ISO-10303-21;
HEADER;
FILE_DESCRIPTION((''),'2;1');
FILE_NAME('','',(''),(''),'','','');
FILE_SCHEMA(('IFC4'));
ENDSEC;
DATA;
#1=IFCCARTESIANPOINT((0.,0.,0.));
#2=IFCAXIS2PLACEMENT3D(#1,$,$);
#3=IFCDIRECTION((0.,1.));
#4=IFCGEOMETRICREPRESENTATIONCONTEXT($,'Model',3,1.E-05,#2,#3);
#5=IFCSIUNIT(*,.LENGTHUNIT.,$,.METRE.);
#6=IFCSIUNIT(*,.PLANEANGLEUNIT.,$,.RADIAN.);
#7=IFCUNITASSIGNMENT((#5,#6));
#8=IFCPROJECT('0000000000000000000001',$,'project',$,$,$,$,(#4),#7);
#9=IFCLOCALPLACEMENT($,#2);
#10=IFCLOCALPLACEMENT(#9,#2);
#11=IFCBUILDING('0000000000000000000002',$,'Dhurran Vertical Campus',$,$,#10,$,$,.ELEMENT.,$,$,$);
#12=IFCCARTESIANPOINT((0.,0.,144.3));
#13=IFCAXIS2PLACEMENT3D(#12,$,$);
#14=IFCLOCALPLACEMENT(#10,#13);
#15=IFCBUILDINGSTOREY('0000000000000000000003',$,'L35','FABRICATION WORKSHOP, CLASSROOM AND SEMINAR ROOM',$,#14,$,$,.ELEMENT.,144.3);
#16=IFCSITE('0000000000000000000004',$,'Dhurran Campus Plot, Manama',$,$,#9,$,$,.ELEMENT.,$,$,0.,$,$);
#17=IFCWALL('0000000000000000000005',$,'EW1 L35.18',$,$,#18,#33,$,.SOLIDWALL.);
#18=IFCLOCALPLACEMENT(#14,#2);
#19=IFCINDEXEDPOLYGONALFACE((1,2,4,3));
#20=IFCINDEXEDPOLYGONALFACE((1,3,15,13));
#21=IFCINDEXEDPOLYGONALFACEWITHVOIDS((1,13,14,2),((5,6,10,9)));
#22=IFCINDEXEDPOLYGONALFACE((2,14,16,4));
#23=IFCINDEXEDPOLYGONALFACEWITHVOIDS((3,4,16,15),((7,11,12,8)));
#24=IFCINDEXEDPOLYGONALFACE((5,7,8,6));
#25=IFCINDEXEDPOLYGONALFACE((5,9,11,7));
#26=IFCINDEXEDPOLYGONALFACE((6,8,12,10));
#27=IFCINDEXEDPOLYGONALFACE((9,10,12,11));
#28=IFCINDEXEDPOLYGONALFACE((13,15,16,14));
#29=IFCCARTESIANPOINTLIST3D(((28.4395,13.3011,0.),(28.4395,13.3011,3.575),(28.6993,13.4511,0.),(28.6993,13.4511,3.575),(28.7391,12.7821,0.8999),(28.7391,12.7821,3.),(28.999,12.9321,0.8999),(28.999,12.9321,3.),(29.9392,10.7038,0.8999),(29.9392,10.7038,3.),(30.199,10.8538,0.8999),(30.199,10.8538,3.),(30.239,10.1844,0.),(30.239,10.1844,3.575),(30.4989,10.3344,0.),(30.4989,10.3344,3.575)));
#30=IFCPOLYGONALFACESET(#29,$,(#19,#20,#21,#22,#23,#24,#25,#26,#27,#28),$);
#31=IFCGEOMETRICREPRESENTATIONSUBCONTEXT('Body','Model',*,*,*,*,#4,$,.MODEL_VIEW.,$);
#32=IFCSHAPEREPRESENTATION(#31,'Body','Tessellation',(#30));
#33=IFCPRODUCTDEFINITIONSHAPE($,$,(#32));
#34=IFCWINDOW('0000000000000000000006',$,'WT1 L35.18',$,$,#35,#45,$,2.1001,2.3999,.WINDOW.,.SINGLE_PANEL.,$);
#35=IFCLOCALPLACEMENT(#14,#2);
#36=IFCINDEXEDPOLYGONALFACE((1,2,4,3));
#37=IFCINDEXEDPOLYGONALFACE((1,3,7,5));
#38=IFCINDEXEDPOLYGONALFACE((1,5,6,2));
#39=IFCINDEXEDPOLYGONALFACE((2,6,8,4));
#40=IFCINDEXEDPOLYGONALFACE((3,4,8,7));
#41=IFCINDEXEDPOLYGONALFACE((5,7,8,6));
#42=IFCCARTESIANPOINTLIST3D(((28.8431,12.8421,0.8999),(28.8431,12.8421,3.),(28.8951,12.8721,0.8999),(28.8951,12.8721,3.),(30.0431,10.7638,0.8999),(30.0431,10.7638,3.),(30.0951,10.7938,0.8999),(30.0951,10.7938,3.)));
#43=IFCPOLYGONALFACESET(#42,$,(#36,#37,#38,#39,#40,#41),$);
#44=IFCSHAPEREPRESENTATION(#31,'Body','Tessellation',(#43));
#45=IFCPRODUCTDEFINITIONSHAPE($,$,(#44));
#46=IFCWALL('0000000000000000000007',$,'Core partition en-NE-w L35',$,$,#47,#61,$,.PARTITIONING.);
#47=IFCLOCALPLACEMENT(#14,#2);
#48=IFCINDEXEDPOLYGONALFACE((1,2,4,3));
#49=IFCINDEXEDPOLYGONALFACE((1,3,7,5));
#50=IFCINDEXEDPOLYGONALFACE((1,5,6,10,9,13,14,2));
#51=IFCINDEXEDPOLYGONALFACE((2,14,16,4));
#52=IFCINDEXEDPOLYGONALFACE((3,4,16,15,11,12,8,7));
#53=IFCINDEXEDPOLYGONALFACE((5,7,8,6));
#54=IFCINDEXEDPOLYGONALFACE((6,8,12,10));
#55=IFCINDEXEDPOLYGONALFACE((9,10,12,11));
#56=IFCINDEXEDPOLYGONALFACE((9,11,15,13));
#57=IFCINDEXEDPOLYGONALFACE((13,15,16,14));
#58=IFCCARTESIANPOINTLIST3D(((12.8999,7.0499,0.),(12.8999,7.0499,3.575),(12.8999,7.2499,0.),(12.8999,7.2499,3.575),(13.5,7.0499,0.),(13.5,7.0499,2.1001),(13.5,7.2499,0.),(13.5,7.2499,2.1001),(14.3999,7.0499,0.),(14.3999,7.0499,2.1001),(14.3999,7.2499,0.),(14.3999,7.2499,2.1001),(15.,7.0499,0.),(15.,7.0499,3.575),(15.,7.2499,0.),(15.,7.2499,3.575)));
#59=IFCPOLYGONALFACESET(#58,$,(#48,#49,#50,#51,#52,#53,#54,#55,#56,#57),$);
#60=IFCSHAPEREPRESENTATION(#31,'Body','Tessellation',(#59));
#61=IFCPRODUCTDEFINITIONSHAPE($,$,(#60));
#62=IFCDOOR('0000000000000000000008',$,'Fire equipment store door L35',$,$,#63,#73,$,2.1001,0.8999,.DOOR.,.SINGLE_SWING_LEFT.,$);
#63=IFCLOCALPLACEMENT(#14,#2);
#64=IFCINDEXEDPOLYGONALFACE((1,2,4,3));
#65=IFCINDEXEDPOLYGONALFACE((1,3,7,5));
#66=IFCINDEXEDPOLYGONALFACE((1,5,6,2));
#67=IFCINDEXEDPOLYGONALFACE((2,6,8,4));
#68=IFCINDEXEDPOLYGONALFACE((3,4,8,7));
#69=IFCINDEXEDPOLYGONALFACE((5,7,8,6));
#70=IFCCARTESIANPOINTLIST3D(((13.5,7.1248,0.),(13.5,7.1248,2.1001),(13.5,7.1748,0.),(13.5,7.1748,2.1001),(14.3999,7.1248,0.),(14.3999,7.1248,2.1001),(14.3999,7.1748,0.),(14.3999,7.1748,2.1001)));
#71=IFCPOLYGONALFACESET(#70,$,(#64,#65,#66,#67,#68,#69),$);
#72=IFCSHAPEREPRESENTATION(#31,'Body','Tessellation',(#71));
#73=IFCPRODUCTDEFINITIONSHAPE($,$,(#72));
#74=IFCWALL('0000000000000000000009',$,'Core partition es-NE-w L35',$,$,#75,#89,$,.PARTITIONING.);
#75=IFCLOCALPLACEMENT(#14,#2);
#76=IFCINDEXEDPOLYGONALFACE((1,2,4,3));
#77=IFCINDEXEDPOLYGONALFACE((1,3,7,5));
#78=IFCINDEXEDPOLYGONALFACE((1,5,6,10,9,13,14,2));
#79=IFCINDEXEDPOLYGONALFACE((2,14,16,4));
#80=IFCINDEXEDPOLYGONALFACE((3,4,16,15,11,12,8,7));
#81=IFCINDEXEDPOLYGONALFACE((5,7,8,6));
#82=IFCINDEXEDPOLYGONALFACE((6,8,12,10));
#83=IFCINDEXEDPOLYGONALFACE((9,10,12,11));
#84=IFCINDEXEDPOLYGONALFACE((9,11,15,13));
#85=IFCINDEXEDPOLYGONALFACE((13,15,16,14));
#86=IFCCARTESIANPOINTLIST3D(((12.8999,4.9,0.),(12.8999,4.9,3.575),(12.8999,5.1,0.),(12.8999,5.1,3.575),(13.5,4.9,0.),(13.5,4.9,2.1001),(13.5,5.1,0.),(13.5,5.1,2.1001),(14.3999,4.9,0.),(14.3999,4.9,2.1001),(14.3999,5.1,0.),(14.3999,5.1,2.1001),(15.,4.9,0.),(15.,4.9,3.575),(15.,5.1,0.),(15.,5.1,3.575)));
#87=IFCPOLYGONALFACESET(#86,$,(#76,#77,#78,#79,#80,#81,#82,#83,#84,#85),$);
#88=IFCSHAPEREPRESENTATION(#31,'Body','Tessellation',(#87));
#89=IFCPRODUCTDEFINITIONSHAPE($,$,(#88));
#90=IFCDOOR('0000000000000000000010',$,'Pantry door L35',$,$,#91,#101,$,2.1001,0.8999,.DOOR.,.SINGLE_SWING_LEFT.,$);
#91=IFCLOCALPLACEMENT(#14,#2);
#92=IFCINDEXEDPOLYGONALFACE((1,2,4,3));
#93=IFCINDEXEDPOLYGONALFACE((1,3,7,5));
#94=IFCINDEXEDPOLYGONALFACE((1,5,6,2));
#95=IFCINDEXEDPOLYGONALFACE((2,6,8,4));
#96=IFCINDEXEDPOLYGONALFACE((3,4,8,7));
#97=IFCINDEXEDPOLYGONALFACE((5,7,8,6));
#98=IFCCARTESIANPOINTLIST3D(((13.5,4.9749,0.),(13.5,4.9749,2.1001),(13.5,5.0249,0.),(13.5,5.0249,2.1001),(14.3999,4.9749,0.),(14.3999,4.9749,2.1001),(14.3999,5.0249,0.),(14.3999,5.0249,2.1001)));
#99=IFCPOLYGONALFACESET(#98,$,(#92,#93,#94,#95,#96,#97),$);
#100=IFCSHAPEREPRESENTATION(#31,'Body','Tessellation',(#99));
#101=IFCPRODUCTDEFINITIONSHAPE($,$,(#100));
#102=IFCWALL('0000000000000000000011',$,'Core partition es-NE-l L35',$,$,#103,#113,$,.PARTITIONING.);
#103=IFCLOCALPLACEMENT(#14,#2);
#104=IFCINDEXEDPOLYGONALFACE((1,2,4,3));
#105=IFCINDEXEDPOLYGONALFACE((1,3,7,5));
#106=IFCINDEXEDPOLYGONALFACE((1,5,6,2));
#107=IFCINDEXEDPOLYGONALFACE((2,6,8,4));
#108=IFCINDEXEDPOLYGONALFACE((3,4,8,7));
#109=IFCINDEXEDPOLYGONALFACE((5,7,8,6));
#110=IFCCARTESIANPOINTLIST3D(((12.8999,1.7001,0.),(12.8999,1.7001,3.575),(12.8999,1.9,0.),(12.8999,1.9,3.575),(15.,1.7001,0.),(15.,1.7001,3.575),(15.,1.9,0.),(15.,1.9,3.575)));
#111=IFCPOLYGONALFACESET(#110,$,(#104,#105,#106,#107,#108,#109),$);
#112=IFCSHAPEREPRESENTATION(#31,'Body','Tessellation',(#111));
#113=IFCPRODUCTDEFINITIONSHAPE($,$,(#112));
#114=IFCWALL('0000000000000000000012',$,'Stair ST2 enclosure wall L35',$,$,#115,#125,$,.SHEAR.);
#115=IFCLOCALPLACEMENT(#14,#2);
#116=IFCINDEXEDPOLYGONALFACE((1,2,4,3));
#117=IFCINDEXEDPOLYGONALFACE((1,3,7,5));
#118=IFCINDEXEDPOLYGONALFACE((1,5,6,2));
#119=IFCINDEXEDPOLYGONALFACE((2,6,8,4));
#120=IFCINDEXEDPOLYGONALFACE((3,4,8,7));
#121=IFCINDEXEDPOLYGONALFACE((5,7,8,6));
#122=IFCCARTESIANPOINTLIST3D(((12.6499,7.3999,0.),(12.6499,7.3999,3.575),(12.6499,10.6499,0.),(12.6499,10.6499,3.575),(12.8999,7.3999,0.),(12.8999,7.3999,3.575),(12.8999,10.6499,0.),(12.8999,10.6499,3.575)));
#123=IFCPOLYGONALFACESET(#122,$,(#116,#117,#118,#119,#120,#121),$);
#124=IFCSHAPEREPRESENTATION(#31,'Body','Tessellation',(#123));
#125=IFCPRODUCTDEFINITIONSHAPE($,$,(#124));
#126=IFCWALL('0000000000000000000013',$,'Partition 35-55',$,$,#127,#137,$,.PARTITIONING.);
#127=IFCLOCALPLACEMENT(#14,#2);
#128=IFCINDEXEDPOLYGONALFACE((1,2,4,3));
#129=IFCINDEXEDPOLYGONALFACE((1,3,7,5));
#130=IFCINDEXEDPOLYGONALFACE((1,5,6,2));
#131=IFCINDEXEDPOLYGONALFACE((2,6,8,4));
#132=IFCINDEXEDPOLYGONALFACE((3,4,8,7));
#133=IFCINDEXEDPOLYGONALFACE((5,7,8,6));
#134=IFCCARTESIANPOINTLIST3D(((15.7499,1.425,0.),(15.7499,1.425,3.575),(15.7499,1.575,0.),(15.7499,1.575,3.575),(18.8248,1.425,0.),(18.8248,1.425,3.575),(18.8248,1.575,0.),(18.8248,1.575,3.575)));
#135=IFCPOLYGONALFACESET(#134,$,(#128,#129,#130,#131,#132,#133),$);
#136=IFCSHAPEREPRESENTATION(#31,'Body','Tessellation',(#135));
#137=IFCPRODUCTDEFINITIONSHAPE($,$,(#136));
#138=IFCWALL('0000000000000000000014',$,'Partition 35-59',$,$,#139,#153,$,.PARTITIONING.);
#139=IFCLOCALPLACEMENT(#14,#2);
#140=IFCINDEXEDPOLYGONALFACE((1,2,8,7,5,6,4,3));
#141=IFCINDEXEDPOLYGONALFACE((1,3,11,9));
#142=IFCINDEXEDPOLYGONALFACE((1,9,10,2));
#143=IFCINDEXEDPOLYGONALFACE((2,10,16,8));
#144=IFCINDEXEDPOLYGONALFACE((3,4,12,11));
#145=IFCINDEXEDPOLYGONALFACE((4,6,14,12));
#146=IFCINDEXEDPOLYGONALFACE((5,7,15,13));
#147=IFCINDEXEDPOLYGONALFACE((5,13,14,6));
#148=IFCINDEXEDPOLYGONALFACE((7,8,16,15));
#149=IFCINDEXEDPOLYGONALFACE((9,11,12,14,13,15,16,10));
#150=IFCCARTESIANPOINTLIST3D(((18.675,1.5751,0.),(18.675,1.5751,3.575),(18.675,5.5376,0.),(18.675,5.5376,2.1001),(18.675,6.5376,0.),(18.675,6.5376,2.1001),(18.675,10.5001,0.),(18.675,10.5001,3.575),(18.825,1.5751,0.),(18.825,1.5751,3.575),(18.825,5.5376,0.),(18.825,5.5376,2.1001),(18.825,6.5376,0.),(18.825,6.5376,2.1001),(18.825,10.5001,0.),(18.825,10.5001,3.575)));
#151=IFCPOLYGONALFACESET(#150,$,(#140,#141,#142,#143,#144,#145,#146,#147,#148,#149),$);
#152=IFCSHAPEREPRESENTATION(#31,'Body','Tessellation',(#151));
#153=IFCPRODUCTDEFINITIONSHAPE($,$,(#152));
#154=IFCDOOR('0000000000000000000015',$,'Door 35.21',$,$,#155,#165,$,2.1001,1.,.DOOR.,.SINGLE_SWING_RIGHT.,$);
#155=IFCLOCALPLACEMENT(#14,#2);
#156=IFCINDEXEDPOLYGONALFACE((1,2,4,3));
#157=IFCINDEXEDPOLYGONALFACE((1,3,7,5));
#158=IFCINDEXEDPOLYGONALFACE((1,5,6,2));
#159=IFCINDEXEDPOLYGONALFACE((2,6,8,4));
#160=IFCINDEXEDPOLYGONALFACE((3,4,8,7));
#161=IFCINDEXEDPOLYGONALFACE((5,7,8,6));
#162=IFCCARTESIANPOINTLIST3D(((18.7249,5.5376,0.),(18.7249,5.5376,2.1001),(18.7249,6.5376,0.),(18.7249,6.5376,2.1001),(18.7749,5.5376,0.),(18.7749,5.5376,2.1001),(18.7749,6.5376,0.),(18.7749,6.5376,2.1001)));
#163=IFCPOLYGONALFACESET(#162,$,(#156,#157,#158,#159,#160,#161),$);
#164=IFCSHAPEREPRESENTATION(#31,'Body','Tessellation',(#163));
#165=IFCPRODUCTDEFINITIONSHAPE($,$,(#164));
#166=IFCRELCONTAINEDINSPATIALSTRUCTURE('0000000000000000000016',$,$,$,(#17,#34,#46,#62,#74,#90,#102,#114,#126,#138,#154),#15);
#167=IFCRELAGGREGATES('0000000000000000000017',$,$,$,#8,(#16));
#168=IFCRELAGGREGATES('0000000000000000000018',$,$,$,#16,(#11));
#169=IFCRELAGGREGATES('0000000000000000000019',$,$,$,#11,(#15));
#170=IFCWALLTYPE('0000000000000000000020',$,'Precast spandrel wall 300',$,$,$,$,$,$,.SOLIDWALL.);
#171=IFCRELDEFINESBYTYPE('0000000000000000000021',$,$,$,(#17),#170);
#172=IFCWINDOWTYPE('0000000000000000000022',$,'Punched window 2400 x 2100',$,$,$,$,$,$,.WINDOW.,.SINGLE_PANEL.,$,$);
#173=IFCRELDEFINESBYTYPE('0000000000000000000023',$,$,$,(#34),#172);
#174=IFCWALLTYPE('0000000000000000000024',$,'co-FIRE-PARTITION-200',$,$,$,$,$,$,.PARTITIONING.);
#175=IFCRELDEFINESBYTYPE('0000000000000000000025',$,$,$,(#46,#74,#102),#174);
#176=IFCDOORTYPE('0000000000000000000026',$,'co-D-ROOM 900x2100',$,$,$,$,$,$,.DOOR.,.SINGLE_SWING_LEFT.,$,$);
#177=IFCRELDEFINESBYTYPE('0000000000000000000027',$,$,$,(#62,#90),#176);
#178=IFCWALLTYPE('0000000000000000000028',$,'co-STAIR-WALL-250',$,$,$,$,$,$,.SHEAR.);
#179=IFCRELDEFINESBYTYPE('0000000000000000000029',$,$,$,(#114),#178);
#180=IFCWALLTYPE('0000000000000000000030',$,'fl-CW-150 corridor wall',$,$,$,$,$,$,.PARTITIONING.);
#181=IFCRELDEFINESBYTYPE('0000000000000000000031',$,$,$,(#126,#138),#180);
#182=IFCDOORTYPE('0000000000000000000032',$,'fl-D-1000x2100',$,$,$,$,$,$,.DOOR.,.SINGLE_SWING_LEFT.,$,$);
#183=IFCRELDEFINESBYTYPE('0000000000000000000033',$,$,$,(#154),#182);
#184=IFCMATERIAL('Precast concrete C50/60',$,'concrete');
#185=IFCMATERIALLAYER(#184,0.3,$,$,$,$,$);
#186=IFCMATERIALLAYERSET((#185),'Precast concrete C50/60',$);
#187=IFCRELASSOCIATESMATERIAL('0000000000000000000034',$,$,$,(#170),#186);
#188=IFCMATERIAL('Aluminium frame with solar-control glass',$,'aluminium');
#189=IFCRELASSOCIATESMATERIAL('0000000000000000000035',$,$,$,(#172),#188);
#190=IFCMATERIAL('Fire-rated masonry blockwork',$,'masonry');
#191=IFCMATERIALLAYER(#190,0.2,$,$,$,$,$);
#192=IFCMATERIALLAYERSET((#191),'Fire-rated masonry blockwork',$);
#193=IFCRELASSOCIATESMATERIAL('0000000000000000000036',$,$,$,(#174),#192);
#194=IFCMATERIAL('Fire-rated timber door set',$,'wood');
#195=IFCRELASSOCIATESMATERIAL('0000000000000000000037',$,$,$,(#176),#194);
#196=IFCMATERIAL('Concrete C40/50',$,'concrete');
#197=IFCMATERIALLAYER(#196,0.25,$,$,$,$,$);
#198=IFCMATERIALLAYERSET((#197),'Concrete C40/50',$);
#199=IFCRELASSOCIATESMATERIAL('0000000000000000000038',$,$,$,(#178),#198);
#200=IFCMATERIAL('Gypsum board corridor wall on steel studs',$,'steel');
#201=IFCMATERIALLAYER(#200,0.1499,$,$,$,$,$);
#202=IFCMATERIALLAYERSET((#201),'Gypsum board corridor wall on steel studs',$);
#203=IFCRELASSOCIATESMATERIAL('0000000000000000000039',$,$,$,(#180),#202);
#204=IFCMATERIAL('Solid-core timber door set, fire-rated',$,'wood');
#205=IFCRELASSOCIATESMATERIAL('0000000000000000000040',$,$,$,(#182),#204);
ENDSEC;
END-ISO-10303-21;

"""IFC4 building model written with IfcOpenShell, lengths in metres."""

from ifc_helpers import new_model, si_unit, direction, frame, frame_2d, origin, place, context, subcontext, project, spatial, rectangle, extrude, material, layer, layer_set, type_object, element, fill, save


model = new_model("IFC4")

# Units and contexts
model_context = context("Model", 3, precision=1e-05, world=origin(), true_north=direction((0.0, 1.0)))
body_context = subcontext(model_context, "Body", "Model", "MODEL_VIEW")
ifc_project = project(units=[si_unit("LENGTHUNIT", "METRE"), si_unit("PLANEANGLEUNIT", "RADIAN")], contexts=[model_context])

# Site, building, storey
site_placement = place(None, origin())
site = spatial("IfcSite", under=ifc_project, at=site_placement, Name="Dhurran Campus Plot, Manama", CompositionType="ELEMENT", RefElevation=0.0)
building_placement = place(site_placement, origin())
building = spatial("IfcBuilding", under=site, at=building_placement, Name="Dhurran Vertical Campus", CompositionType="ELEMENT")
storey_placement = place(building_placement, frame((0.0, 0.0, 144.3)))
storey = spatial("IfcBuildingStorey", under=building, at=storey_placement, Name="L35", Description="FABRICATION WORKSHOP, CLASSROOM AND SEMINAR ROOM", CompositionType="ELEMENT", Elevation=144.3)

# Wall, opening, window
ifc_material_1 = material(Name="Precast concrete C50/60", Category="concrete")
ifc_layer_1 = layer(ifc_material_1, 0.3)
ifc_layer_set_1 = layer_set([ifc_layer_1], Name="Precast concrete C50/60")
wall_type_1 = type_object("IfcWallType", Name="Precast spandrel wall 300", PredefinedType="SOLIDWALL", material=ifc_layer_set_1)
ifc_material_2 = material(Name="Aluminium frame with solar-control glass", Category="aluminium")
window_type = type_object("IfcWindowType", Name="Punched window 2400 x 2100", PartitioningType="SINGLE_PANEL", PredefinedType="WINDOW", material=ifc_material_2)
wall_1_placement = place(storey_placement, frame((30.3689, 10.2595, 0.0), z_axis=(0.0, 0.0, 1.0), x_axis=(-0.500028, 0.866009, 0.0)))
wall_1 = element("IfcWall", 1, at=wall_1_placement, inside=storey, type_object=wall_type_1, Name="EW1 L35.18", PredefinedType="SOLIDWALL", context=body_context, shape_type="SweptSolid", body=[
    extrude(rectangle(XDim=3.5989, YDim=0.3, at=frame_2d((1.7993, 0.0))), origin(), (0.0, 0.0, 1.0), 3.575),
])
opening_1_placement = place(wall_1_placement, frame((0.5996, 0.0, 0.8999)))
opening_1 = element("IfcOpeningElement", 2, at=opening_1_placement, cuts=wall_1, PredefinedType="OPENING", context=body_context, shape_type="SweptSolid", body=[
    extrude(rectangle(XDim=2.3999, YDim=2.1001, at=frame_2d((1.2, 1.05))), frame((0.0, 0.1599, 0.0), z_axis=(0.0, -1.0, 0.0), x_axis=(1.0, 0.0, 0.0)), (0.0, 0.0, 1.0), 0.3201),
])
window_1_placement = place(opening_1_placement, origin())
window_1 = element("IfcWindow", 3, at=window_1_placement, inside=storey, type_object=window_type, Name="WT1 L35.18", OverallHeight=2.1001, OverallWidth=2.3999, PartitioningType="SINGLE_PANEL", PredefinedType="WINDOW", context=body_context, shape_type="SweptSolid", body=[
    extrude(rectangle(XDim=2.3999, YDim=2.1001, at=frame_2d((1.2, 1.05))), frame((0.0, 0.03, 0.0), z_axis=(0.0, -1.0, 0.0), x_axis=(1.0, 0.0, 0.0)), (0.0, 0.0, 1.0), 0.0601),
])
fill(opening_1, window_1)

# Walls, openings, doors
ifc_material_3 = material(Name="Fire-rated masonry blockwork", Category="masonry")
ifc_layer_2 = layer(ifc_material_3, 0.2)
ifc_layer_set_2 = layer_set([ifc_layer_2], Name="Fire-rated masonry blockwork")
wall_type_2 = type_object("IfcWallType", Name="co-FIRE-PARTITION-200", PredefinedType="PARTITIONING", material=ifc_layer_set_2)
wall_2_placement = place(storey_placement, frame((12.8999, 7.1499, 0.0), z_axis=(0.0, 0.0, 1.0), x_axis=(1.0, 0.0, 0.0)))
wall_2 = element("IfcWall", 4, at=wall_2_placement, inside=storey, type_object=wall_type_2, Name="Core partition en-NE-w L35", PredefinedType="PARTITIONING", context=body_context, shape_type="SweptSolid", body=[
    extrude(rectangle(XDim=2.1001, YDim=0.2, at=frame_2d((1.05, 0.0))), origin(), (0.0, 0.0, 1.0), 3.575),
])
opening_2_placement = place(wall_2_placement, frame((0.6001, 0.0, 0.0)))
opening_2 = element("IfcOpeningElement", 5, at=opening_2_placement, cuts=wall_2, PredefinedType="OPENING", context=body_context, shape_type="SweptSolid", body=[
    extrude(rectangle(XDim=0.8999, YDim=2.1001, at=frame_2d((0.45, 1.05))), frame((0.0, 0.1099, 0.0), z_axis=(0.0, -1.0, 0.0), x_axis=(1.0, 0.0, 0.0)), (0.0, 0.0, 1.0), 0.22),
])
ifc_material_4 = material(Name="Fire-rated timber door set", Category="wood")
door_type_1 = type_object("IfcDoorType", Name="co-D-ROOM 900x2100", OperationType="SINGLE_SWING_LEFT", PredefinedType="DOOR", material=ifc_material_4)
door_1_placement = place(opening_2_placement, origin())
door_1 = element("IfcDoor", 6, at=door_1_placement, inside=storey, type_object=door_type_1, Name="Fire equipment store door L35", OperationType="SINGLE_SWING_LEFT", OverallHeight=2.1001, OverallWidth=0.8999, PredefinedType="DOOR", context=body_context, shape_type="SweptSolid", body=[
    extrude(rectangle(XDim=0.8999, YDim=2.1001, at=frame_2d((0.45, 1.05))), frame((0.0, 0.0249, 0.0), z_axis=(0.0, -1.0, 0.0), x_axis=(1.0, 0.0, 0.0)), (0.0, 0.0, 1.0), 0.05),
])
fill(opening_2, door_1)
wall_3_placement = place(storey_placement, frame((12.8999, 5.0, 0.0), z_axis=(0.0, 0.0, 1.0), x_axis=(1.0, 0.0, 0.0)))
wall_3 = element("IfcWall", 7, at=wall_3_placement, inside=storey, type_object=wall_type_2, Name="Core partition es-NE-w L35", PredefinedType="PARTITIONING", context=body_context, shape_type="SweptSolid", body=[
    extrude(rectangle(XDim=2.1001, YDim=0.2, at=frame_2d((1.05, 0.0))), origin(), (0.0, 0.0, 1.0), 3.575),
])
opening_3_placement = place(wall_3_placement, frame((0.6001, 0.0, 0.0)))
opening_3 = element("IfcOpeningElement", 8, at=opening_3_placement, cuts=wall_3, PredefinedType="OPENING", context=body_context, shape_type="SweptSolid", body=[
    extrude(rectangle(XDim=0.8999, YDim=2.1001, at=frame_2d((0.45, 1.05))), frame((0.0, 0.1099, 0.0), z_axis=(0.0, -1.0, 0.0), x_axis=(1.0, 0.0, 0.0)), (0.0, 0.0, 1.0), 0.22),
])
door_2_placement = place(opening_3_placement, origin())
door_2 = element("IfcDoor", 9, at=door_2_placement, inside=storey, type_object=door_type_1, Name="Pantry door L35", OperationType="SINGLE_SWING_LEFT", OverallHeight=2.1001, OverallWidth=0.8999, PredefinedType="DOOR", context=body_context, shape_type="SweptSolid", body=[
    extrude(rectangle(XDim=0.8999, YDim=2.1001, at=frame_2d((0.45, 1.05))), frame((0.0, 0.0249, 0.0), z_axis=(0.0, -1.0, 0.0), x_axis=(1.0, 0.0, 0.0)), (0.0, 0.0, 1.0), 0.05),
])
fill(opening_3, door_2)

# Walls
wall_4_placement = place(storey_placement, frame((12.8999, 1.8, 0.0), z_axis=(0.0, 0.0, 1.0), x_axis=(1.0, 0.0, 0.0)))
element("IfcWall", 10, at=wall_4_placement, inside=storey, type_object=wall_type_2, Name="Core partition es-NE-l L35", PredefinedType="PARTITIONING", context=body_context, shape_type="SweptSolid", body=[
    extrude(rectangle(XDim=2.1001, YDim=0.2, at=frame_2d((1.05, 0.0))), origin(), (0.0, 0.0, 1.0), 3.575),
])
ifc_material_5 = material(Name="Concrete C40/50", Category="concrete")
ifc_layer_3 = layer(ifc_material_5, 0.25)
ifc_layer_set_3 = layer_set([ifc_layer_3], Name="Concrete C40/50")
wall_type_3 = type_object("IfcWallType", Name="co-STAIR-WALL-250", PredefinedType="SHEAR", material=ifc_layer_set_3)
wall_5_placement = place(storey_placement, frame((12.7749, 7.3999, 0.0), z_axis=(0.0, 0.0, 1.0), x_axis=(0.0, 1.0, 0.0)))
element("IfcWall", 11, at=wall_5_placement, inside=storey, type_object=wall_type_3, Name="Stair ST2 enclosure wall L35", PredefinedType="SHEAR", context=body_context, shape_type="SweptSolid", body=[
    extrude(rectangle(XDim=3.25, YDim=0.25, at=frame_2d((1.625, 0.0))), origin(), (0.0, 0.0, 1.0), 3.575),
])
ifc_material_6 = material(Name="Gypsum board corridor wall on steel studs", Category="steel")
ifc_layer_4 = layer(ifc_material_6, 0.1499)
ifc_layer_set_4 = layer_set([ifc_layer_4], Name="Gypsum board corridor wall on steel studs")
wall_type_4 = type_object("IfcWallType", Name="fl-CW-150 corridor wall", PredefinedType="PARTITIONING", material=ifc_layer_set_4)
wall_6_placement = place(storey_placement, frame((18.825, 1.5, 0.0), z_axis=(0.0, 0.0, 1.0), x_axis=(-1.0, 0.0, 0.0)))
element("IfcWall", 12, at=wall_6_placement, inside=storey, type_object=wall_type_4, Name="Partition 35-55", PredefinedType="PARTITIONING", context=body_context, shape_type="SweptSolid", body=[
    extrude(rectangle(XDim=3.075, YDim=0.1499, at=frame_2d((1.5376, 0.0))), origin(), (0.0, 0.0, 1.0), 3.575),
])

# Wall, opening, door
wall_7_placement = place(storey_placement, frame((18.75, 10.5, 0.0), z_axis=(0.0, 0.0, 1.0), x_axis=(0.0, -1.0, 0.0)))
wall_7 = element("IfcWall", 13, at=wall_7_placement, inside=storey, type_object=wall_type_4, Name="Partition 35-59", PredefinedType="PARTITIONING", context=body_context, shape_type="SweptSolid", body=[
    extrude(rectangle(XDim=8.925, YDim=0.1499, at=frame_2d((4.4624, 0.0))), origin(), (0.0, 0.0, 1.0), 3.575),
])
opening_4_placement = place(wall_7_placement, frame((3.9624, 0.0, 0.0)))
opening_4 = element("IfcOpeningElement", 14, at=opening_4_placement, cuts=wall_7, PredefinedType="OPENING", context=body_context, shape_type="SweptSolid", body=[
    extrude(rectangle(XDim=1.0, YDim=2.1001, at=frame_2d((0.5, 1.05))), frame((0.0, 0.085, 0.0), z_axis=(0.0, -1.0, 0.0), x_axis=(1.0, 0.0, 0.0)), (0.0, 0.0, 1.0), 0.1699),
])
ifc_material_7 = material(Name="Solid-core timber door set, fire-rated", Category="wood")
door_type_2 = type_object("IfcDoorType", Name="fl-D-1000x2100", OperationType="SINGLE_SWING_LEFT", PredefinedType="DOOR", material=ifc_material_7)
door_3_placement = place(opening_4_placement, origin())
door_3 = element("IfcDoor", 15, at=door_3_placement, inside=storey, type_object=door_type_2, Name="Door 35.21", OperationType="SINGLE_SWING_RIGHT", OverallHeight=2.1001, OverallWidth=1.0, PredefinedType="DOOR", context=body_context, shape_type="SweptSolid", body=[
    extrude(rectangle(XDim=1.0, YDim=2.1001, at=frame_2d((0.5, 1.05))), frame((0.0, 0.0249, 0.0), z_axis=(0.0, -1.0, 0.0), x_axis=(1.0, 0.0, 0.0)), (0.0, 0.0, 1.0), 0.05),
])
fill(opening_4, door_3)

save(model, "model.ifc")
